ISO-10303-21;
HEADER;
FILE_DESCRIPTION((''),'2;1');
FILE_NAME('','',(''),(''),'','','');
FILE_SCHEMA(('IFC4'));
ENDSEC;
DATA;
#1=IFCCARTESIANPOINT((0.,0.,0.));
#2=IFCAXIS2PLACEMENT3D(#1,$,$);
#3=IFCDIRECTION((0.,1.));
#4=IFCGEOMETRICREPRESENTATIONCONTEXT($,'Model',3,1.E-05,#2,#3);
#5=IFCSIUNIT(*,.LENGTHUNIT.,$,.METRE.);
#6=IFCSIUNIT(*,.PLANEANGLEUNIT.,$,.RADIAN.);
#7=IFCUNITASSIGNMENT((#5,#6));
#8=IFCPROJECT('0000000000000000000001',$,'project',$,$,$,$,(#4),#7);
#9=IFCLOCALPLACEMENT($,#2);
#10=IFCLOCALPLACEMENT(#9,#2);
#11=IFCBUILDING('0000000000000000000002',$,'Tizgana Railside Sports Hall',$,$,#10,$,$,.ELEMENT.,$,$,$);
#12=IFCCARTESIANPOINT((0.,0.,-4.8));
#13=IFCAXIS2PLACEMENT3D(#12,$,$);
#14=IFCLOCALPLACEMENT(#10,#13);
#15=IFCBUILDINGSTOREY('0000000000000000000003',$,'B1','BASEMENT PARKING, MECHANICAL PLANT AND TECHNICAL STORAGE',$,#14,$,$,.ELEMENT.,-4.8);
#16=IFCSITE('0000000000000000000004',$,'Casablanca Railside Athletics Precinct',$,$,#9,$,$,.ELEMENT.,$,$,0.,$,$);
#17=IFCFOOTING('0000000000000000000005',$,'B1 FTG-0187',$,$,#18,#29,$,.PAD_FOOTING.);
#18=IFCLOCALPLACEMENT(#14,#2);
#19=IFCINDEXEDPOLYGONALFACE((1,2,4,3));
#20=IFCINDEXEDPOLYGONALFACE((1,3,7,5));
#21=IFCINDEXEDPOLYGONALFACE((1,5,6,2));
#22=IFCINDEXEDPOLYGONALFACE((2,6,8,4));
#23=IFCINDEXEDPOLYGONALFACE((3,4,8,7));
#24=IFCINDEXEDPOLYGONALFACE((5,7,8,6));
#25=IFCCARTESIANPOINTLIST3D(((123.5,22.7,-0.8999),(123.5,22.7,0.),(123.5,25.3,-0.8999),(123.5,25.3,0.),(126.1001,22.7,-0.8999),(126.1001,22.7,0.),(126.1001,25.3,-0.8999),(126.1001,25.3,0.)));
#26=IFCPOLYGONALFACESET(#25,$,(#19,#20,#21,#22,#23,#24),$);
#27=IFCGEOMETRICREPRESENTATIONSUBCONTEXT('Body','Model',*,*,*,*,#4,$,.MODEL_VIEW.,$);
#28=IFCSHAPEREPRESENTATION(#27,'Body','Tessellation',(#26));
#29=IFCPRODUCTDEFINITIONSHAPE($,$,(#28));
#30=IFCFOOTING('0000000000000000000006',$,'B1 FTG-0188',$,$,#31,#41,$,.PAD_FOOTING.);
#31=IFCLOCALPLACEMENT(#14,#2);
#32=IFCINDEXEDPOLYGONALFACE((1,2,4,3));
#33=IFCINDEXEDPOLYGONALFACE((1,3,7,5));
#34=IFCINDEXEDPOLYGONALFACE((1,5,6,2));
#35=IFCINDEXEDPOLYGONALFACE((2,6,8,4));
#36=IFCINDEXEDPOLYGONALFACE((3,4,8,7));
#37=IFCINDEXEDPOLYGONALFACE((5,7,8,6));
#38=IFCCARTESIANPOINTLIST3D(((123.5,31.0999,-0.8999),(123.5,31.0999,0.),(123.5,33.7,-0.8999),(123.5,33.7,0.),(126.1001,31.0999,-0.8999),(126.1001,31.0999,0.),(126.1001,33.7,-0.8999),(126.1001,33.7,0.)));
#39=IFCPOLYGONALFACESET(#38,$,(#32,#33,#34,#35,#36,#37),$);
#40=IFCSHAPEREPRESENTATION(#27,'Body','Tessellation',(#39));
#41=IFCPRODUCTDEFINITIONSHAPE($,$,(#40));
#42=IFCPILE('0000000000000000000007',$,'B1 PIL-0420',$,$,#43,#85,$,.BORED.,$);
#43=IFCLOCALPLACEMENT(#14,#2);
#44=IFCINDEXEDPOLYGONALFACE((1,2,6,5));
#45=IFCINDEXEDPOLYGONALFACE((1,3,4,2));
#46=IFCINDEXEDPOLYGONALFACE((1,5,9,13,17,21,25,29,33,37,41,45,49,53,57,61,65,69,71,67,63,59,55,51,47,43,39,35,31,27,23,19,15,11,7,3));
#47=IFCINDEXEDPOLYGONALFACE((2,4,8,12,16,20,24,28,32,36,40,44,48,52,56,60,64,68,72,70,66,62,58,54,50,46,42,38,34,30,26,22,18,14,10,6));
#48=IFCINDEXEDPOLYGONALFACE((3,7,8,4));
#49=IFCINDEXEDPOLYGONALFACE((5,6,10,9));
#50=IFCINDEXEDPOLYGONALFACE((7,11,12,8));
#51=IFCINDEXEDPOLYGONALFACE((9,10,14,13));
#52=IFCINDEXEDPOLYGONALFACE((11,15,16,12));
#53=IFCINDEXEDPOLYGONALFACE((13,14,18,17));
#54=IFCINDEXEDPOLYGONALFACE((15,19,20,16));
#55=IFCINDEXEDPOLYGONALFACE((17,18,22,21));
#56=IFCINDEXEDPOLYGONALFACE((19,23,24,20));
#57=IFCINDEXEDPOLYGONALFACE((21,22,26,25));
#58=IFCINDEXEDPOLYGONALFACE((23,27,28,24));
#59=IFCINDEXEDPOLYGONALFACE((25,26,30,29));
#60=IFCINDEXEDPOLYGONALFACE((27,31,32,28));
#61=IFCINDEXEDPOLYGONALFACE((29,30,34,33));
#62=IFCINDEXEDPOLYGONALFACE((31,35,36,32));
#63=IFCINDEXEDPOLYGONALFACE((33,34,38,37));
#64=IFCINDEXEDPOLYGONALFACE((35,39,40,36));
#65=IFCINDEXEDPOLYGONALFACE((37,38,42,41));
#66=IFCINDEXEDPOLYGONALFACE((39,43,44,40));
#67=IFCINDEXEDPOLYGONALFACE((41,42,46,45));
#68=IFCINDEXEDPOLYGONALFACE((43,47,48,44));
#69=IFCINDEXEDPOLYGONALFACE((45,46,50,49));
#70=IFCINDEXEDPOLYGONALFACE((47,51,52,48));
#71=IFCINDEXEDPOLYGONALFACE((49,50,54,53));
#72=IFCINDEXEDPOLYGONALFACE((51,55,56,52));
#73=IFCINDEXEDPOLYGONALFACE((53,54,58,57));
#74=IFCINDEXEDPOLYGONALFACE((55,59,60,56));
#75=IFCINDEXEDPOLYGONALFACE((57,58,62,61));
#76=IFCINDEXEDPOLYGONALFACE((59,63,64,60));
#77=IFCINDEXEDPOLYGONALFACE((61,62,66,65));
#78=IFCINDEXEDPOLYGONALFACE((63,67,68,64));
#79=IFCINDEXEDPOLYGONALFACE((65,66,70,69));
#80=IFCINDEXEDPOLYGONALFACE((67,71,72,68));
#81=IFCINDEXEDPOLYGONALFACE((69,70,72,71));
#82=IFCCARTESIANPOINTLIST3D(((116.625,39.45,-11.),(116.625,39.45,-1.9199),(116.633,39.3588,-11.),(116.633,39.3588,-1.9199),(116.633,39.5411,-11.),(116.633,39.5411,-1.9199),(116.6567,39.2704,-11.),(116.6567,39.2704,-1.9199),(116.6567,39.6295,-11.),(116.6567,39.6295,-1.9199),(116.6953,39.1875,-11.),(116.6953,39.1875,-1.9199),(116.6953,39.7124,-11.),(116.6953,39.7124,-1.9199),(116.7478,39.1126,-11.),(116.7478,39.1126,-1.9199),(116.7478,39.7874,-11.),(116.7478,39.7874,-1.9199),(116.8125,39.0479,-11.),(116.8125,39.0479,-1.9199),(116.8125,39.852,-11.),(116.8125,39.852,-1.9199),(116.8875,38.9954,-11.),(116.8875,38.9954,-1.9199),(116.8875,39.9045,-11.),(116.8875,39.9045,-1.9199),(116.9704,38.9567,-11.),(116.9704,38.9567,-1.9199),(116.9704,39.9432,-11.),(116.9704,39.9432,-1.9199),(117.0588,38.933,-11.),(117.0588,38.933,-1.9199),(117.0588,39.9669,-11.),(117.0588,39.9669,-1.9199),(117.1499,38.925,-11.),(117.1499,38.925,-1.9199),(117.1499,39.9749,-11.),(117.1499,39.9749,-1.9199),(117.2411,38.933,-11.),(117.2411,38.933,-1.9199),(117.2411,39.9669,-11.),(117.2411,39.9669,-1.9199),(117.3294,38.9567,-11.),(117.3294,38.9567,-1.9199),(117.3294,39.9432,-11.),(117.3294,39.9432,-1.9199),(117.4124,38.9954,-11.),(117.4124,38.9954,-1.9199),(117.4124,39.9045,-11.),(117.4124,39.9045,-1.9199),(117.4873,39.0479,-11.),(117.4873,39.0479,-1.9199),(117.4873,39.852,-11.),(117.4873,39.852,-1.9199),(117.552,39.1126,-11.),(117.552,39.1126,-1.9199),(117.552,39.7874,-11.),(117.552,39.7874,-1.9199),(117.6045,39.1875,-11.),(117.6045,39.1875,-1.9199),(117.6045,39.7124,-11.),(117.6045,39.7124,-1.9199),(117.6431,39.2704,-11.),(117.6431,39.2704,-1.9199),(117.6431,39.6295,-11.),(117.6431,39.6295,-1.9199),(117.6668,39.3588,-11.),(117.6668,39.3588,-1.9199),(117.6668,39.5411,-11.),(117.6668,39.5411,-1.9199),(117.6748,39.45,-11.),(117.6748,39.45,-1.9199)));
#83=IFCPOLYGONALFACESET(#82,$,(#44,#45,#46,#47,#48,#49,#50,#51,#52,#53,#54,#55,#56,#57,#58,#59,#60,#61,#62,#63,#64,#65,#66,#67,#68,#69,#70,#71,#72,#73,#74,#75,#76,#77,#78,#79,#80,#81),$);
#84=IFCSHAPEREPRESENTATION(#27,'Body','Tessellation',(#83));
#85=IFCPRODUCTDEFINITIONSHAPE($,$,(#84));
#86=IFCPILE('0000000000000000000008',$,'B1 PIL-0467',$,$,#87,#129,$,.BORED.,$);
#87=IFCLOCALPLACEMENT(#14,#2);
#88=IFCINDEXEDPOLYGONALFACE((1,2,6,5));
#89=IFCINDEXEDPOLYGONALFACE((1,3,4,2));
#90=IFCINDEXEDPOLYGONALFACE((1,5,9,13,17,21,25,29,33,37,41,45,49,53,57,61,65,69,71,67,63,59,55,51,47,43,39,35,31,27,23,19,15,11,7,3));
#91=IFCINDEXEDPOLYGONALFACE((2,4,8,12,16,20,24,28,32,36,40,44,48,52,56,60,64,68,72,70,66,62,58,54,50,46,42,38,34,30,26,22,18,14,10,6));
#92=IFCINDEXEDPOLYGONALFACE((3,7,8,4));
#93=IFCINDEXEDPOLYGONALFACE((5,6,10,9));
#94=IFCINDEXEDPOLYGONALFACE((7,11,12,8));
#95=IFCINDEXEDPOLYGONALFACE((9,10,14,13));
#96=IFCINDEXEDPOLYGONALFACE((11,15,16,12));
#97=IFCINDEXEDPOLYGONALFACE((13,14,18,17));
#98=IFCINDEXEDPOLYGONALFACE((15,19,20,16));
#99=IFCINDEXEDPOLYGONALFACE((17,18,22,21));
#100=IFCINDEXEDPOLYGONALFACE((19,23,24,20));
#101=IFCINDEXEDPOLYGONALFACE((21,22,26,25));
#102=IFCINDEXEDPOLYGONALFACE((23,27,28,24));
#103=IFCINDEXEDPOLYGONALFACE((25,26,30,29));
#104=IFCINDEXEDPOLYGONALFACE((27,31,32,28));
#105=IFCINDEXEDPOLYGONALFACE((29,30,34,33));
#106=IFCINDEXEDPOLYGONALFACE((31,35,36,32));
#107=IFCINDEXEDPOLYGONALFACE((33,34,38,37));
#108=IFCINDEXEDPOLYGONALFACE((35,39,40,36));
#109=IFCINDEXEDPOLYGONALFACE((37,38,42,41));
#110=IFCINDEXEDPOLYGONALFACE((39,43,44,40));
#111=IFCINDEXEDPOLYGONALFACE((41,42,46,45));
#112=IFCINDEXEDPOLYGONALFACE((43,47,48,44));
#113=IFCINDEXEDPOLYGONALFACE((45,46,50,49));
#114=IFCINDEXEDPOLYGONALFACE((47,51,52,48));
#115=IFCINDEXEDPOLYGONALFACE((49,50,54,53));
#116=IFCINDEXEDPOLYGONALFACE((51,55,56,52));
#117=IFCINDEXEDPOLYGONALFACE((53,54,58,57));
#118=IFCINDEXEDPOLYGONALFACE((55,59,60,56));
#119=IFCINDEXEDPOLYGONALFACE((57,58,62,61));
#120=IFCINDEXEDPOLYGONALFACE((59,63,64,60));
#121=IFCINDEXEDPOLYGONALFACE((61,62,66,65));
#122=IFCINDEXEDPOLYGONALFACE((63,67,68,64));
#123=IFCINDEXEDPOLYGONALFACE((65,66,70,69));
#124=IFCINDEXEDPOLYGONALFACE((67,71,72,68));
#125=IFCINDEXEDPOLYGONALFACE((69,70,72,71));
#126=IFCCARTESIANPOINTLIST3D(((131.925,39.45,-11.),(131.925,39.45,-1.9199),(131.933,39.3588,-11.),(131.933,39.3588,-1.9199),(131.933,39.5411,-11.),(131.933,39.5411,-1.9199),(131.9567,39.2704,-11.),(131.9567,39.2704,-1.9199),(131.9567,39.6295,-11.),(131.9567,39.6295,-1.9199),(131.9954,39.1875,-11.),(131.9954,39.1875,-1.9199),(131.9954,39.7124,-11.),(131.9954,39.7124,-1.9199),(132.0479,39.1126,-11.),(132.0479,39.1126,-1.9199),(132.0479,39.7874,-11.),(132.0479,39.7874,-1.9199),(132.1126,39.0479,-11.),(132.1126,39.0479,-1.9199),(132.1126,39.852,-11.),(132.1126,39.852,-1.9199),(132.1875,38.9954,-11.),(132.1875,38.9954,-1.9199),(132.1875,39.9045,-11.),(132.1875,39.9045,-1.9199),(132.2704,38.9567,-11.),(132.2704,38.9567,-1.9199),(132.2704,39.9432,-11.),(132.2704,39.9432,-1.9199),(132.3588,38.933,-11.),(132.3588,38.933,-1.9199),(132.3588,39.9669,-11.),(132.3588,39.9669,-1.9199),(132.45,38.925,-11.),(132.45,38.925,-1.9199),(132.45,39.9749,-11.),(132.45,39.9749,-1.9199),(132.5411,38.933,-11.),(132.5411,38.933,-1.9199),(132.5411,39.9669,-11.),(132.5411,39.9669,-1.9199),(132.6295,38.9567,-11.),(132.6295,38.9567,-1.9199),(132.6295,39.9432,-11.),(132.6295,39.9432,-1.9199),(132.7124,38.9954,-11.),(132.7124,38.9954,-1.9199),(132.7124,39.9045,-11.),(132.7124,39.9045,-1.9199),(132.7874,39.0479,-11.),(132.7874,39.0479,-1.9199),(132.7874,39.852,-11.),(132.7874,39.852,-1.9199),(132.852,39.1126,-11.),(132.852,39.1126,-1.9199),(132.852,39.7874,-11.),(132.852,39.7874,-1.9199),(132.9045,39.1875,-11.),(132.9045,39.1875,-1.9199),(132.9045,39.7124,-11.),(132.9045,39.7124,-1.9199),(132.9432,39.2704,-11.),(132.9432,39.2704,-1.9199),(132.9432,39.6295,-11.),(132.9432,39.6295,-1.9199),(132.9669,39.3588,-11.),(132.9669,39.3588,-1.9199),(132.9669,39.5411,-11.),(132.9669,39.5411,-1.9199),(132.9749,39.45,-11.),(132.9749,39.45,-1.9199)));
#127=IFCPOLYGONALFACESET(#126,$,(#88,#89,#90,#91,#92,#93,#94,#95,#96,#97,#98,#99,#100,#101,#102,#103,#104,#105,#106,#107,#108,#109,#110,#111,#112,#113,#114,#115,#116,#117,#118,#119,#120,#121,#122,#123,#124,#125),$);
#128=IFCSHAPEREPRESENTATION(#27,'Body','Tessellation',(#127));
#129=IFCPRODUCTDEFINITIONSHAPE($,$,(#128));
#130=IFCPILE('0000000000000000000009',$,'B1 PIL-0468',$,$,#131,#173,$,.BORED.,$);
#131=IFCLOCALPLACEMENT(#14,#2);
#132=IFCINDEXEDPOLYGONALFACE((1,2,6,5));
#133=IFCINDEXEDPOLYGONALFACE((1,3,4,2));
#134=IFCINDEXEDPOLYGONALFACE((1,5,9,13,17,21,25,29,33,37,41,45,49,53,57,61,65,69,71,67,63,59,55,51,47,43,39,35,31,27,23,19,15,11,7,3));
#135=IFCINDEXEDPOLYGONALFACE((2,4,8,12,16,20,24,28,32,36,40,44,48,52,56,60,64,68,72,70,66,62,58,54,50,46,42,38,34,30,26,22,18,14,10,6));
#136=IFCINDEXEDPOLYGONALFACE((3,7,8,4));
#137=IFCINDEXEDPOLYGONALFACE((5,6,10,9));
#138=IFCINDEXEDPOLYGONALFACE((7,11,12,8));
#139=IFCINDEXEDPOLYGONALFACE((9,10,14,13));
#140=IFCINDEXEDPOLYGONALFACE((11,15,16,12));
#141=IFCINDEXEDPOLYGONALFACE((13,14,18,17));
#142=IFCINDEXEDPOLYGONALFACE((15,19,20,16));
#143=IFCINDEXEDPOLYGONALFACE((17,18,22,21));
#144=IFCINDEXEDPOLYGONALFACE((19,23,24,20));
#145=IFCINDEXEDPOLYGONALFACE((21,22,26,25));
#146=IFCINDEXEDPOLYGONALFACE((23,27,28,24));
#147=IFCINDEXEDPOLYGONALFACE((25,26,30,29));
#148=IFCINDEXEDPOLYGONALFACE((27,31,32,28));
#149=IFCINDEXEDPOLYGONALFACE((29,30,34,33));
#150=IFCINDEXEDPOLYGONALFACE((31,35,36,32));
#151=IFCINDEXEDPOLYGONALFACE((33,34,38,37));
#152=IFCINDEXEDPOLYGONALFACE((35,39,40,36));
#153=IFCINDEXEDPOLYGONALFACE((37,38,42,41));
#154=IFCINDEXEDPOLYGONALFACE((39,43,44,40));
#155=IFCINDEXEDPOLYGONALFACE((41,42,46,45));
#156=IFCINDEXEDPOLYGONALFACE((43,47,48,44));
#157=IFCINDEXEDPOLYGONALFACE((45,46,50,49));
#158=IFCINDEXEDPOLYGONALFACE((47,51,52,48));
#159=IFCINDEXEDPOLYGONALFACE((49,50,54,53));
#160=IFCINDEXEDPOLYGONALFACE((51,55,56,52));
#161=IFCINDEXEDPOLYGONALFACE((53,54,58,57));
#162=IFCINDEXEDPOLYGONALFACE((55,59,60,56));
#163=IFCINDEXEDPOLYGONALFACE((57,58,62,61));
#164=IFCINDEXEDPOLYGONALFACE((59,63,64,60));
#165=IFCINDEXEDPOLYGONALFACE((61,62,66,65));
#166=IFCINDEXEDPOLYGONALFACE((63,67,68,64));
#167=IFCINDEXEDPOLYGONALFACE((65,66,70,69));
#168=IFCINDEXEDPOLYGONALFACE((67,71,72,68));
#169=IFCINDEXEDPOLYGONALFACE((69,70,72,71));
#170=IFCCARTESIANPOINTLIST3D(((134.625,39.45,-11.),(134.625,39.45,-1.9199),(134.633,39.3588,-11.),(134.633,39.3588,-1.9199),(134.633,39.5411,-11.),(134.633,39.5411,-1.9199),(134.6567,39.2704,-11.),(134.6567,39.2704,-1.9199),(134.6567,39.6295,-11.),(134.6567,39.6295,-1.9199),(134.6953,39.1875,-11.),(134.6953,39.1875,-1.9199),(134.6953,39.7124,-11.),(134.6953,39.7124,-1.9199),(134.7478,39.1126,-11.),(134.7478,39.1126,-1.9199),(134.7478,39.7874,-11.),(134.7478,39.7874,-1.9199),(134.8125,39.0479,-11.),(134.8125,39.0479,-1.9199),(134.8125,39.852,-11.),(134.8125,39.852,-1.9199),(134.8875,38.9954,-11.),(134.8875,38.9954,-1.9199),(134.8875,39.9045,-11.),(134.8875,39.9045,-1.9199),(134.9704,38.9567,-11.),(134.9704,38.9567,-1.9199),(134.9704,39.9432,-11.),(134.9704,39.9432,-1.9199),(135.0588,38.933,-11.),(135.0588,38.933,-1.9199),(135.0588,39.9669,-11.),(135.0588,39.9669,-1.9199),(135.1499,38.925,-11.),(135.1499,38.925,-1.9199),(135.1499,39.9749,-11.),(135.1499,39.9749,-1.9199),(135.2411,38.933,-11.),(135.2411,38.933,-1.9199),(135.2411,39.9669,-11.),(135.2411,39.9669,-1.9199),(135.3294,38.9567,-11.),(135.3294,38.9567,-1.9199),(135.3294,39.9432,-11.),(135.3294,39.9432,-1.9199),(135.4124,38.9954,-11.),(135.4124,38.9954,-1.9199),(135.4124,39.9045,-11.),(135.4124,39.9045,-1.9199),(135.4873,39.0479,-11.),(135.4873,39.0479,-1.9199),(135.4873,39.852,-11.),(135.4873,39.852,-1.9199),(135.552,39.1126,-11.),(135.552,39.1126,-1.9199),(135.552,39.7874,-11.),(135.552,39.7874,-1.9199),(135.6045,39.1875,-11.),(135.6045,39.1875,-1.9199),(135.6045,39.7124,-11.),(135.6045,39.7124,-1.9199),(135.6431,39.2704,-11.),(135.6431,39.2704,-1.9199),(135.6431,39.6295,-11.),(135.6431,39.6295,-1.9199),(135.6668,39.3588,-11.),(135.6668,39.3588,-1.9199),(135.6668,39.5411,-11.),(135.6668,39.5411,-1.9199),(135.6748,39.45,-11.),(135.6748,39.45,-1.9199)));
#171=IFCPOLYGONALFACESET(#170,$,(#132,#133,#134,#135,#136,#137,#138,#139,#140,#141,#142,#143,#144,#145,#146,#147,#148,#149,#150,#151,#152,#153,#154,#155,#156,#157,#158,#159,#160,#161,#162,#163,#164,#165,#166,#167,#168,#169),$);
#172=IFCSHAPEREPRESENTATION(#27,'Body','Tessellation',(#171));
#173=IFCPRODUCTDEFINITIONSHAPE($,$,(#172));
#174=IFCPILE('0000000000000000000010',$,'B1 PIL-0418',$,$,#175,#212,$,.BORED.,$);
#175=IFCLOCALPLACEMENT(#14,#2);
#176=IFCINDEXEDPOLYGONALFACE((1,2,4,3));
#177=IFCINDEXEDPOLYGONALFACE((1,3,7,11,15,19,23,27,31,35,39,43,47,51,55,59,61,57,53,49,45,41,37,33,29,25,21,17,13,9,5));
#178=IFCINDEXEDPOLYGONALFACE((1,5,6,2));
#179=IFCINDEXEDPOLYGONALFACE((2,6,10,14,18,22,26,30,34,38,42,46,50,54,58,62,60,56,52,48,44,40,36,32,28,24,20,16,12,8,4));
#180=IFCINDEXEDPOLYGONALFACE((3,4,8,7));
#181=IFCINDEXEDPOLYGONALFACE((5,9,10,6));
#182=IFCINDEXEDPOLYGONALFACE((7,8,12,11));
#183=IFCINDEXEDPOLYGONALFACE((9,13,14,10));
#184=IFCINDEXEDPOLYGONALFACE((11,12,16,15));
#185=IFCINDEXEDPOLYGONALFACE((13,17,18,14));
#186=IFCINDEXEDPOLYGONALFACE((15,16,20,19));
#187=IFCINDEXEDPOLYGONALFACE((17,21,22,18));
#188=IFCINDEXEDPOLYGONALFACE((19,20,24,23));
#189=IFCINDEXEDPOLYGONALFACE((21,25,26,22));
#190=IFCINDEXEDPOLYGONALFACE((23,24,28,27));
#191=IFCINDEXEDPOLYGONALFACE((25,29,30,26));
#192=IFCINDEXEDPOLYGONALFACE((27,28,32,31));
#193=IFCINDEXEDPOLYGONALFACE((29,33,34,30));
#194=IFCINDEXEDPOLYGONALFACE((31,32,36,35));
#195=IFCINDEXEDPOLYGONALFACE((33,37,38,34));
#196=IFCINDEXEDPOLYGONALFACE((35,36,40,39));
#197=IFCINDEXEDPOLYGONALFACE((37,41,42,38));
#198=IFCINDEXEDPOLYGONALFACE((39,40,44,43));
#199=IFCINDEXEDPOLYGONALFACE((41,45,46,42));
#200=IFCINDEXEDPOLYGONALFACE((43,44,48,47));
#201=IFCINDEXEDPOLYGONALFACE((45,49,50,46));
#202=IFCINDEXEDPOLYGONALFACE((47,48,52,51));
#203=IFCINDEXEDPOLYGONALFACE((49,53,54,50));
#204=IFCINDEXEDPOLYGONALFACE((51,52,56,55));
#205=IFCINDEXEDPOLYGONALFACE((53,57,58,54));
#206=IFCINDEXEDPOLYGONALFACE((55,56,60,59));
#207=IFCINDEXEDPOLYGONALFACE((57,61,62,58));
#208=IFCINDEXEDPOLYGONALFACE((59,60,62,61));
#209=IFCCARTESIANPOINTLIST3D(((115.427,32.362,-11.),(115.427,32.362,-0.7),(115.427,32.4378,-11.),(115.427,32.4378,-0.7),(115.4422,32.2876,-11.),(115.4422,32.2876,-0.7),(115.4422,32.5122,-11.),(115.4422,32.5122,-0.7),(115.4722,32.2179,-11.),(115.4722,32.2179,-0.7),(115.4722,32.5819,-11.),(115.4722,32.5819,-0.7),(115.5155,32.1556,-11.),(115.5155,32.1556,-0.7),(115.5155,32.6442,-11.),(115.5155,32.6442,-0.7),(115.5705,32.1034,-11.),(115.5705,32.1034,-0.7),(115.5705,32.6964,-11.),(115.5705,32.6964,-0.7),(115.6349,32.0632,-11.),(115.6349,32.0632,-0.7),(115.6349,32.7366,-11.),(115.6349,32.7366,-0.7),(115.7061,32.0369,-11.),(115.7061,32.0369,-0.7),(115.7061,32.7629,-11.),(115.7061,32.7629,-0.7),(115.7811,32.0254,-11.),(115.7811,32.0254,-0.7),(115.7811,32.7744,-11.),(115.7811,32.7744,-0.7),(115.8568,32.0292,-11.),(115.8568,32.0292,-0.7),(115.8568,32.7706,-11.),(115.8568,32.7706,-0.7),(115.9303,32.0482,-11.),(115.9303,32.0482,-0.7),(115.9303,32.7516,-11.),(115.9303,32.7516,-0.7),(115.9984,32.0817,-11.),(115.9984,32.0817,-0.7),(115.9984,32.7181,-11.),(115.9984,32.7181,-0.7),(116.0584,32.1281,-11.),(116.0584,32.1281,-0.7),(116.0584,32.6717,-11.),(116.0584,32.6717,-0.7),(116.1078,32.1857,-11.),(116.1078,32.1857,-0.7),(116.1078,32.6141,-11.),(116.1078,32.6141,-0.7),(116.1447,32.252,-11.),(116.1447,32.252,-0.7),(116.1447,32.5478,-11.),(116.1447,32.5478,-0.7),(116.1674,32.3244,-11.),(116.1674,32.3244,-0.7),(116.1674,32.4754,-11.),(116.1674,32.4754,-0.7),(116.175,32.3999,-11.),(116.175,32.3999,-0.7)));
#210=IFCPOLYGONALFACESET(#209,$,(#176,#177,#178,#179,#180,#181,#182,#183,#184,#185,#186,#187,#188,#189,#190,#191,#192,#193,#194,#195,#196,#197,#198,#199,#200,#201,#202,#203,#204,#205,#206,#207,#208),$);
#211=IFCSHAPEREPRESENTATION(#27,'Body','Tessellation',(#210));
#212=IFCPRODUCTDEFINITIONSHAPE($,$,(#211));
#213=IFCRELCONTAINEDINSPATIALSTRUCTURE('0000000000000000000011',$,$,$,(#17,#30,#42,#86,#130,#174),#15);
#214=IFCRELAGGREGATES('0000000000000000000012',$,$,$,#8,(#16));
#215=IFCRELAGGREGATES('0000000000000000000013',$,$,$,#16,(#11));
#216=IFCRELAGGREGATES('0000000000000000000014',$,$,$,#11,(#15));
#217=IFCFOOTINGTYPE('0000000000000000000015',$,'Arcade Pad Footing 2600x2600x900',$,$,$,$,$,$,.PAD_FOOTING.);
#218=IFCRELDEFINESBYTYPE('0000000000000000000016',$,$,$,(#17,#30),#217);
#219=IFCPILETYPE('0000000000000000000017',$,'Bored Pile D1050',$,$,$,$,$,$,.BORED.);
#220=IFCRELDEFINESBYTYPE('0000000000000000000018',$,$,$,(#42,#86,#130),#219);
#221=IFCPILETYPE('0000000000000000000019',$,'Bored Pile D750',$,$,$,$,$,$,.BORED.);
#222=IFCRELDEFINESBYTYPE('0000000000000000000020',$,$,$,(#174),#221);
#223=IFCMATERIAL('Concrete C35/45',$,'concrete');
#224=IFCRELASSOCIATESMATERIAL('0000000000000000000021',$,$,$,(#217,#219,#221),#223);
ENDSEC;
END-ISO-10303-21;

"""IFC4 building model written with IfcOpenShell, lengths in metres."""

from ifc_helpers import new_model, si_unit, direction, frame, origin, origin_2d, place, context, subcontext, project, spatial, rectangle, circle, extrude, material, material_profile, profile_set, type_object, element, save


model = new_model("IFC4")

# Units and contexts
model_context = context("Model", 3, precision=1e-05, world=origin(), true_north=direction((0.0, 1.0)))
body_context = subcontext(model_context, "Body", "Model", "MODEL_VIEW")
ifc_project = project(units=[si_unit("LENGTHUNIT", "METRE"), si_unit("PLANEANGLEUNIT", "RADIAN")], contexts=[model_context])

# Site, building, storey
site_placement = place(None, origin())
site = spatial("IfcSite", under=ifc_project, at=site_placement, Name="Casablanca Railside Athletics Precinct", CompositionType="ELEMENT", RefElevation=0.0)
building_placement = place(site_placement, origin())
building = spatial("IfcBuilding", under=site, at=building_placement, Name="Tizgana Railside Sports Hall", CompositionType="ELEMENT")
storey_placement = place(building_placement, frame((0.0, 0.0, -4.8)))
storey = spatial("IfcBuildingStorey", under=building, at=storey_placement, Name="B1", Description="BASEMENT PARKING, MECHANICAL PLANT AND TECHNICAL STORAGE", CompositionType="ELEMENT", Elevation=-4.8)

# Footings
ifc_material_1 = material(Name="Concrete C35/45", Category="concrete")
footing_type_1 = type_object("IfcFootingType", Name="Arcade Pad Footing 2600x2600x900", PredefinedType="PAD_FOOTING", material=ifc_material_1)
for number, where, z_axis, x_axis, name in (
    (1, (124.8, 24.0, -0.8999), (0.0, 0.0, 1.0), (1.0, 0.0, 0.0), "B1 FTG-0187"),
    (2, (124.8, 32.3999, -0.8999), (0.0, 0.0, 1.0), (1.0, 0.0, 0.0), "B1 FTG-0188"),
):
    element("IfcFooting", number, at=place(storey_placement, frame(where, z_axis=z_axis, x_axis=x_axis)), inside=storey, type_object=footing_type_1, Name=name, PredefinedType="PAD_FOOTING", context=body_context, shape_type="SweptSolid", body=[
        extrude(rectangle(XDim=2.6001, YDim=2.6001, at=origin_2d()), origin(), (0.0, 0.0, 1.0), 0.8999),
    ])

# Piles
ifc_material_profile_1 = material_profile(ifc_material_1, circle(Radius=0.5249, at=origin_2d()), Name="PILE D1050")
ifc_profile_set_1 = profile_set([ifc_material_profile_1], Name="Concrete C35/45")
pile_type_1 = type_object("IfcPileType", Name="Bored Pile D1050", PredefinedType="BORED", material=ifc_profile_set_1)
for number, where, z_axis, x_axis, name in (
    (3, (117.1499, 39.45, -1.9199), (0.0, 0.0, -1.0), (1.0, 0.0, 0.0), "B1 PIL-0420"),
    (4, (132.45, 39.45, -1.9199), (0.0, 0.0, -1.0), (1.0, 0.0, 0.0), "B1 PIL-0467"),
    (5, (135.1499, 39.45, -1.9199), (0.0, 0.0, -1.0), (1.0, 0.0, 0.0), "B1 PIL-0468"),
):
    element("IfcPile", number, at=place(storey_placement, frame(where, z_axis=z_axis, x_axis=x_axis)), inside=storey, type_object=pile_type_1, Name=name, PredefinedType="BORED", context=body_context, shape_type="SweptSolid", body=[
        extrude(circle(Radius=0.5249, at=origin_2d()), origin(), (0.0, 0.0, 1.0), 9.0801),
    ])
ifc_material_profile_2 = material_profile(ifc_material_1, circle(Radius=0.375, at=origin_2d()), Name="PILE D750")
ifc_profile_set_2 = profile_set([ifc_material_profile_2], Name="Concrete C35/45")
pile_type_2 = type_object("IfcPileType", Name="Bored Pile D750", PredefinedType="BORED", material=ifc_profile_set_2)
pile_placement = place(storey_placement, frame((115.8, 32.3999, -0.7), z_axis=(0.0, 0.0, -1.0), x_axis=(1.0, 0.0, 0.0)))
element("IfcPile", 6, at=pile_placement, inside=storey, type_object=pile_type_2, Name="B1 PIL-0418", PredefinedType="BORED", context=body_context, shape_type="SweptSolid", body=[
    extrude(circle(Radius=0.375, at=origin_2d()), origin(), (0.0, 0.0, 1.0), 10.3),
])

save(model, "model.ifc")
